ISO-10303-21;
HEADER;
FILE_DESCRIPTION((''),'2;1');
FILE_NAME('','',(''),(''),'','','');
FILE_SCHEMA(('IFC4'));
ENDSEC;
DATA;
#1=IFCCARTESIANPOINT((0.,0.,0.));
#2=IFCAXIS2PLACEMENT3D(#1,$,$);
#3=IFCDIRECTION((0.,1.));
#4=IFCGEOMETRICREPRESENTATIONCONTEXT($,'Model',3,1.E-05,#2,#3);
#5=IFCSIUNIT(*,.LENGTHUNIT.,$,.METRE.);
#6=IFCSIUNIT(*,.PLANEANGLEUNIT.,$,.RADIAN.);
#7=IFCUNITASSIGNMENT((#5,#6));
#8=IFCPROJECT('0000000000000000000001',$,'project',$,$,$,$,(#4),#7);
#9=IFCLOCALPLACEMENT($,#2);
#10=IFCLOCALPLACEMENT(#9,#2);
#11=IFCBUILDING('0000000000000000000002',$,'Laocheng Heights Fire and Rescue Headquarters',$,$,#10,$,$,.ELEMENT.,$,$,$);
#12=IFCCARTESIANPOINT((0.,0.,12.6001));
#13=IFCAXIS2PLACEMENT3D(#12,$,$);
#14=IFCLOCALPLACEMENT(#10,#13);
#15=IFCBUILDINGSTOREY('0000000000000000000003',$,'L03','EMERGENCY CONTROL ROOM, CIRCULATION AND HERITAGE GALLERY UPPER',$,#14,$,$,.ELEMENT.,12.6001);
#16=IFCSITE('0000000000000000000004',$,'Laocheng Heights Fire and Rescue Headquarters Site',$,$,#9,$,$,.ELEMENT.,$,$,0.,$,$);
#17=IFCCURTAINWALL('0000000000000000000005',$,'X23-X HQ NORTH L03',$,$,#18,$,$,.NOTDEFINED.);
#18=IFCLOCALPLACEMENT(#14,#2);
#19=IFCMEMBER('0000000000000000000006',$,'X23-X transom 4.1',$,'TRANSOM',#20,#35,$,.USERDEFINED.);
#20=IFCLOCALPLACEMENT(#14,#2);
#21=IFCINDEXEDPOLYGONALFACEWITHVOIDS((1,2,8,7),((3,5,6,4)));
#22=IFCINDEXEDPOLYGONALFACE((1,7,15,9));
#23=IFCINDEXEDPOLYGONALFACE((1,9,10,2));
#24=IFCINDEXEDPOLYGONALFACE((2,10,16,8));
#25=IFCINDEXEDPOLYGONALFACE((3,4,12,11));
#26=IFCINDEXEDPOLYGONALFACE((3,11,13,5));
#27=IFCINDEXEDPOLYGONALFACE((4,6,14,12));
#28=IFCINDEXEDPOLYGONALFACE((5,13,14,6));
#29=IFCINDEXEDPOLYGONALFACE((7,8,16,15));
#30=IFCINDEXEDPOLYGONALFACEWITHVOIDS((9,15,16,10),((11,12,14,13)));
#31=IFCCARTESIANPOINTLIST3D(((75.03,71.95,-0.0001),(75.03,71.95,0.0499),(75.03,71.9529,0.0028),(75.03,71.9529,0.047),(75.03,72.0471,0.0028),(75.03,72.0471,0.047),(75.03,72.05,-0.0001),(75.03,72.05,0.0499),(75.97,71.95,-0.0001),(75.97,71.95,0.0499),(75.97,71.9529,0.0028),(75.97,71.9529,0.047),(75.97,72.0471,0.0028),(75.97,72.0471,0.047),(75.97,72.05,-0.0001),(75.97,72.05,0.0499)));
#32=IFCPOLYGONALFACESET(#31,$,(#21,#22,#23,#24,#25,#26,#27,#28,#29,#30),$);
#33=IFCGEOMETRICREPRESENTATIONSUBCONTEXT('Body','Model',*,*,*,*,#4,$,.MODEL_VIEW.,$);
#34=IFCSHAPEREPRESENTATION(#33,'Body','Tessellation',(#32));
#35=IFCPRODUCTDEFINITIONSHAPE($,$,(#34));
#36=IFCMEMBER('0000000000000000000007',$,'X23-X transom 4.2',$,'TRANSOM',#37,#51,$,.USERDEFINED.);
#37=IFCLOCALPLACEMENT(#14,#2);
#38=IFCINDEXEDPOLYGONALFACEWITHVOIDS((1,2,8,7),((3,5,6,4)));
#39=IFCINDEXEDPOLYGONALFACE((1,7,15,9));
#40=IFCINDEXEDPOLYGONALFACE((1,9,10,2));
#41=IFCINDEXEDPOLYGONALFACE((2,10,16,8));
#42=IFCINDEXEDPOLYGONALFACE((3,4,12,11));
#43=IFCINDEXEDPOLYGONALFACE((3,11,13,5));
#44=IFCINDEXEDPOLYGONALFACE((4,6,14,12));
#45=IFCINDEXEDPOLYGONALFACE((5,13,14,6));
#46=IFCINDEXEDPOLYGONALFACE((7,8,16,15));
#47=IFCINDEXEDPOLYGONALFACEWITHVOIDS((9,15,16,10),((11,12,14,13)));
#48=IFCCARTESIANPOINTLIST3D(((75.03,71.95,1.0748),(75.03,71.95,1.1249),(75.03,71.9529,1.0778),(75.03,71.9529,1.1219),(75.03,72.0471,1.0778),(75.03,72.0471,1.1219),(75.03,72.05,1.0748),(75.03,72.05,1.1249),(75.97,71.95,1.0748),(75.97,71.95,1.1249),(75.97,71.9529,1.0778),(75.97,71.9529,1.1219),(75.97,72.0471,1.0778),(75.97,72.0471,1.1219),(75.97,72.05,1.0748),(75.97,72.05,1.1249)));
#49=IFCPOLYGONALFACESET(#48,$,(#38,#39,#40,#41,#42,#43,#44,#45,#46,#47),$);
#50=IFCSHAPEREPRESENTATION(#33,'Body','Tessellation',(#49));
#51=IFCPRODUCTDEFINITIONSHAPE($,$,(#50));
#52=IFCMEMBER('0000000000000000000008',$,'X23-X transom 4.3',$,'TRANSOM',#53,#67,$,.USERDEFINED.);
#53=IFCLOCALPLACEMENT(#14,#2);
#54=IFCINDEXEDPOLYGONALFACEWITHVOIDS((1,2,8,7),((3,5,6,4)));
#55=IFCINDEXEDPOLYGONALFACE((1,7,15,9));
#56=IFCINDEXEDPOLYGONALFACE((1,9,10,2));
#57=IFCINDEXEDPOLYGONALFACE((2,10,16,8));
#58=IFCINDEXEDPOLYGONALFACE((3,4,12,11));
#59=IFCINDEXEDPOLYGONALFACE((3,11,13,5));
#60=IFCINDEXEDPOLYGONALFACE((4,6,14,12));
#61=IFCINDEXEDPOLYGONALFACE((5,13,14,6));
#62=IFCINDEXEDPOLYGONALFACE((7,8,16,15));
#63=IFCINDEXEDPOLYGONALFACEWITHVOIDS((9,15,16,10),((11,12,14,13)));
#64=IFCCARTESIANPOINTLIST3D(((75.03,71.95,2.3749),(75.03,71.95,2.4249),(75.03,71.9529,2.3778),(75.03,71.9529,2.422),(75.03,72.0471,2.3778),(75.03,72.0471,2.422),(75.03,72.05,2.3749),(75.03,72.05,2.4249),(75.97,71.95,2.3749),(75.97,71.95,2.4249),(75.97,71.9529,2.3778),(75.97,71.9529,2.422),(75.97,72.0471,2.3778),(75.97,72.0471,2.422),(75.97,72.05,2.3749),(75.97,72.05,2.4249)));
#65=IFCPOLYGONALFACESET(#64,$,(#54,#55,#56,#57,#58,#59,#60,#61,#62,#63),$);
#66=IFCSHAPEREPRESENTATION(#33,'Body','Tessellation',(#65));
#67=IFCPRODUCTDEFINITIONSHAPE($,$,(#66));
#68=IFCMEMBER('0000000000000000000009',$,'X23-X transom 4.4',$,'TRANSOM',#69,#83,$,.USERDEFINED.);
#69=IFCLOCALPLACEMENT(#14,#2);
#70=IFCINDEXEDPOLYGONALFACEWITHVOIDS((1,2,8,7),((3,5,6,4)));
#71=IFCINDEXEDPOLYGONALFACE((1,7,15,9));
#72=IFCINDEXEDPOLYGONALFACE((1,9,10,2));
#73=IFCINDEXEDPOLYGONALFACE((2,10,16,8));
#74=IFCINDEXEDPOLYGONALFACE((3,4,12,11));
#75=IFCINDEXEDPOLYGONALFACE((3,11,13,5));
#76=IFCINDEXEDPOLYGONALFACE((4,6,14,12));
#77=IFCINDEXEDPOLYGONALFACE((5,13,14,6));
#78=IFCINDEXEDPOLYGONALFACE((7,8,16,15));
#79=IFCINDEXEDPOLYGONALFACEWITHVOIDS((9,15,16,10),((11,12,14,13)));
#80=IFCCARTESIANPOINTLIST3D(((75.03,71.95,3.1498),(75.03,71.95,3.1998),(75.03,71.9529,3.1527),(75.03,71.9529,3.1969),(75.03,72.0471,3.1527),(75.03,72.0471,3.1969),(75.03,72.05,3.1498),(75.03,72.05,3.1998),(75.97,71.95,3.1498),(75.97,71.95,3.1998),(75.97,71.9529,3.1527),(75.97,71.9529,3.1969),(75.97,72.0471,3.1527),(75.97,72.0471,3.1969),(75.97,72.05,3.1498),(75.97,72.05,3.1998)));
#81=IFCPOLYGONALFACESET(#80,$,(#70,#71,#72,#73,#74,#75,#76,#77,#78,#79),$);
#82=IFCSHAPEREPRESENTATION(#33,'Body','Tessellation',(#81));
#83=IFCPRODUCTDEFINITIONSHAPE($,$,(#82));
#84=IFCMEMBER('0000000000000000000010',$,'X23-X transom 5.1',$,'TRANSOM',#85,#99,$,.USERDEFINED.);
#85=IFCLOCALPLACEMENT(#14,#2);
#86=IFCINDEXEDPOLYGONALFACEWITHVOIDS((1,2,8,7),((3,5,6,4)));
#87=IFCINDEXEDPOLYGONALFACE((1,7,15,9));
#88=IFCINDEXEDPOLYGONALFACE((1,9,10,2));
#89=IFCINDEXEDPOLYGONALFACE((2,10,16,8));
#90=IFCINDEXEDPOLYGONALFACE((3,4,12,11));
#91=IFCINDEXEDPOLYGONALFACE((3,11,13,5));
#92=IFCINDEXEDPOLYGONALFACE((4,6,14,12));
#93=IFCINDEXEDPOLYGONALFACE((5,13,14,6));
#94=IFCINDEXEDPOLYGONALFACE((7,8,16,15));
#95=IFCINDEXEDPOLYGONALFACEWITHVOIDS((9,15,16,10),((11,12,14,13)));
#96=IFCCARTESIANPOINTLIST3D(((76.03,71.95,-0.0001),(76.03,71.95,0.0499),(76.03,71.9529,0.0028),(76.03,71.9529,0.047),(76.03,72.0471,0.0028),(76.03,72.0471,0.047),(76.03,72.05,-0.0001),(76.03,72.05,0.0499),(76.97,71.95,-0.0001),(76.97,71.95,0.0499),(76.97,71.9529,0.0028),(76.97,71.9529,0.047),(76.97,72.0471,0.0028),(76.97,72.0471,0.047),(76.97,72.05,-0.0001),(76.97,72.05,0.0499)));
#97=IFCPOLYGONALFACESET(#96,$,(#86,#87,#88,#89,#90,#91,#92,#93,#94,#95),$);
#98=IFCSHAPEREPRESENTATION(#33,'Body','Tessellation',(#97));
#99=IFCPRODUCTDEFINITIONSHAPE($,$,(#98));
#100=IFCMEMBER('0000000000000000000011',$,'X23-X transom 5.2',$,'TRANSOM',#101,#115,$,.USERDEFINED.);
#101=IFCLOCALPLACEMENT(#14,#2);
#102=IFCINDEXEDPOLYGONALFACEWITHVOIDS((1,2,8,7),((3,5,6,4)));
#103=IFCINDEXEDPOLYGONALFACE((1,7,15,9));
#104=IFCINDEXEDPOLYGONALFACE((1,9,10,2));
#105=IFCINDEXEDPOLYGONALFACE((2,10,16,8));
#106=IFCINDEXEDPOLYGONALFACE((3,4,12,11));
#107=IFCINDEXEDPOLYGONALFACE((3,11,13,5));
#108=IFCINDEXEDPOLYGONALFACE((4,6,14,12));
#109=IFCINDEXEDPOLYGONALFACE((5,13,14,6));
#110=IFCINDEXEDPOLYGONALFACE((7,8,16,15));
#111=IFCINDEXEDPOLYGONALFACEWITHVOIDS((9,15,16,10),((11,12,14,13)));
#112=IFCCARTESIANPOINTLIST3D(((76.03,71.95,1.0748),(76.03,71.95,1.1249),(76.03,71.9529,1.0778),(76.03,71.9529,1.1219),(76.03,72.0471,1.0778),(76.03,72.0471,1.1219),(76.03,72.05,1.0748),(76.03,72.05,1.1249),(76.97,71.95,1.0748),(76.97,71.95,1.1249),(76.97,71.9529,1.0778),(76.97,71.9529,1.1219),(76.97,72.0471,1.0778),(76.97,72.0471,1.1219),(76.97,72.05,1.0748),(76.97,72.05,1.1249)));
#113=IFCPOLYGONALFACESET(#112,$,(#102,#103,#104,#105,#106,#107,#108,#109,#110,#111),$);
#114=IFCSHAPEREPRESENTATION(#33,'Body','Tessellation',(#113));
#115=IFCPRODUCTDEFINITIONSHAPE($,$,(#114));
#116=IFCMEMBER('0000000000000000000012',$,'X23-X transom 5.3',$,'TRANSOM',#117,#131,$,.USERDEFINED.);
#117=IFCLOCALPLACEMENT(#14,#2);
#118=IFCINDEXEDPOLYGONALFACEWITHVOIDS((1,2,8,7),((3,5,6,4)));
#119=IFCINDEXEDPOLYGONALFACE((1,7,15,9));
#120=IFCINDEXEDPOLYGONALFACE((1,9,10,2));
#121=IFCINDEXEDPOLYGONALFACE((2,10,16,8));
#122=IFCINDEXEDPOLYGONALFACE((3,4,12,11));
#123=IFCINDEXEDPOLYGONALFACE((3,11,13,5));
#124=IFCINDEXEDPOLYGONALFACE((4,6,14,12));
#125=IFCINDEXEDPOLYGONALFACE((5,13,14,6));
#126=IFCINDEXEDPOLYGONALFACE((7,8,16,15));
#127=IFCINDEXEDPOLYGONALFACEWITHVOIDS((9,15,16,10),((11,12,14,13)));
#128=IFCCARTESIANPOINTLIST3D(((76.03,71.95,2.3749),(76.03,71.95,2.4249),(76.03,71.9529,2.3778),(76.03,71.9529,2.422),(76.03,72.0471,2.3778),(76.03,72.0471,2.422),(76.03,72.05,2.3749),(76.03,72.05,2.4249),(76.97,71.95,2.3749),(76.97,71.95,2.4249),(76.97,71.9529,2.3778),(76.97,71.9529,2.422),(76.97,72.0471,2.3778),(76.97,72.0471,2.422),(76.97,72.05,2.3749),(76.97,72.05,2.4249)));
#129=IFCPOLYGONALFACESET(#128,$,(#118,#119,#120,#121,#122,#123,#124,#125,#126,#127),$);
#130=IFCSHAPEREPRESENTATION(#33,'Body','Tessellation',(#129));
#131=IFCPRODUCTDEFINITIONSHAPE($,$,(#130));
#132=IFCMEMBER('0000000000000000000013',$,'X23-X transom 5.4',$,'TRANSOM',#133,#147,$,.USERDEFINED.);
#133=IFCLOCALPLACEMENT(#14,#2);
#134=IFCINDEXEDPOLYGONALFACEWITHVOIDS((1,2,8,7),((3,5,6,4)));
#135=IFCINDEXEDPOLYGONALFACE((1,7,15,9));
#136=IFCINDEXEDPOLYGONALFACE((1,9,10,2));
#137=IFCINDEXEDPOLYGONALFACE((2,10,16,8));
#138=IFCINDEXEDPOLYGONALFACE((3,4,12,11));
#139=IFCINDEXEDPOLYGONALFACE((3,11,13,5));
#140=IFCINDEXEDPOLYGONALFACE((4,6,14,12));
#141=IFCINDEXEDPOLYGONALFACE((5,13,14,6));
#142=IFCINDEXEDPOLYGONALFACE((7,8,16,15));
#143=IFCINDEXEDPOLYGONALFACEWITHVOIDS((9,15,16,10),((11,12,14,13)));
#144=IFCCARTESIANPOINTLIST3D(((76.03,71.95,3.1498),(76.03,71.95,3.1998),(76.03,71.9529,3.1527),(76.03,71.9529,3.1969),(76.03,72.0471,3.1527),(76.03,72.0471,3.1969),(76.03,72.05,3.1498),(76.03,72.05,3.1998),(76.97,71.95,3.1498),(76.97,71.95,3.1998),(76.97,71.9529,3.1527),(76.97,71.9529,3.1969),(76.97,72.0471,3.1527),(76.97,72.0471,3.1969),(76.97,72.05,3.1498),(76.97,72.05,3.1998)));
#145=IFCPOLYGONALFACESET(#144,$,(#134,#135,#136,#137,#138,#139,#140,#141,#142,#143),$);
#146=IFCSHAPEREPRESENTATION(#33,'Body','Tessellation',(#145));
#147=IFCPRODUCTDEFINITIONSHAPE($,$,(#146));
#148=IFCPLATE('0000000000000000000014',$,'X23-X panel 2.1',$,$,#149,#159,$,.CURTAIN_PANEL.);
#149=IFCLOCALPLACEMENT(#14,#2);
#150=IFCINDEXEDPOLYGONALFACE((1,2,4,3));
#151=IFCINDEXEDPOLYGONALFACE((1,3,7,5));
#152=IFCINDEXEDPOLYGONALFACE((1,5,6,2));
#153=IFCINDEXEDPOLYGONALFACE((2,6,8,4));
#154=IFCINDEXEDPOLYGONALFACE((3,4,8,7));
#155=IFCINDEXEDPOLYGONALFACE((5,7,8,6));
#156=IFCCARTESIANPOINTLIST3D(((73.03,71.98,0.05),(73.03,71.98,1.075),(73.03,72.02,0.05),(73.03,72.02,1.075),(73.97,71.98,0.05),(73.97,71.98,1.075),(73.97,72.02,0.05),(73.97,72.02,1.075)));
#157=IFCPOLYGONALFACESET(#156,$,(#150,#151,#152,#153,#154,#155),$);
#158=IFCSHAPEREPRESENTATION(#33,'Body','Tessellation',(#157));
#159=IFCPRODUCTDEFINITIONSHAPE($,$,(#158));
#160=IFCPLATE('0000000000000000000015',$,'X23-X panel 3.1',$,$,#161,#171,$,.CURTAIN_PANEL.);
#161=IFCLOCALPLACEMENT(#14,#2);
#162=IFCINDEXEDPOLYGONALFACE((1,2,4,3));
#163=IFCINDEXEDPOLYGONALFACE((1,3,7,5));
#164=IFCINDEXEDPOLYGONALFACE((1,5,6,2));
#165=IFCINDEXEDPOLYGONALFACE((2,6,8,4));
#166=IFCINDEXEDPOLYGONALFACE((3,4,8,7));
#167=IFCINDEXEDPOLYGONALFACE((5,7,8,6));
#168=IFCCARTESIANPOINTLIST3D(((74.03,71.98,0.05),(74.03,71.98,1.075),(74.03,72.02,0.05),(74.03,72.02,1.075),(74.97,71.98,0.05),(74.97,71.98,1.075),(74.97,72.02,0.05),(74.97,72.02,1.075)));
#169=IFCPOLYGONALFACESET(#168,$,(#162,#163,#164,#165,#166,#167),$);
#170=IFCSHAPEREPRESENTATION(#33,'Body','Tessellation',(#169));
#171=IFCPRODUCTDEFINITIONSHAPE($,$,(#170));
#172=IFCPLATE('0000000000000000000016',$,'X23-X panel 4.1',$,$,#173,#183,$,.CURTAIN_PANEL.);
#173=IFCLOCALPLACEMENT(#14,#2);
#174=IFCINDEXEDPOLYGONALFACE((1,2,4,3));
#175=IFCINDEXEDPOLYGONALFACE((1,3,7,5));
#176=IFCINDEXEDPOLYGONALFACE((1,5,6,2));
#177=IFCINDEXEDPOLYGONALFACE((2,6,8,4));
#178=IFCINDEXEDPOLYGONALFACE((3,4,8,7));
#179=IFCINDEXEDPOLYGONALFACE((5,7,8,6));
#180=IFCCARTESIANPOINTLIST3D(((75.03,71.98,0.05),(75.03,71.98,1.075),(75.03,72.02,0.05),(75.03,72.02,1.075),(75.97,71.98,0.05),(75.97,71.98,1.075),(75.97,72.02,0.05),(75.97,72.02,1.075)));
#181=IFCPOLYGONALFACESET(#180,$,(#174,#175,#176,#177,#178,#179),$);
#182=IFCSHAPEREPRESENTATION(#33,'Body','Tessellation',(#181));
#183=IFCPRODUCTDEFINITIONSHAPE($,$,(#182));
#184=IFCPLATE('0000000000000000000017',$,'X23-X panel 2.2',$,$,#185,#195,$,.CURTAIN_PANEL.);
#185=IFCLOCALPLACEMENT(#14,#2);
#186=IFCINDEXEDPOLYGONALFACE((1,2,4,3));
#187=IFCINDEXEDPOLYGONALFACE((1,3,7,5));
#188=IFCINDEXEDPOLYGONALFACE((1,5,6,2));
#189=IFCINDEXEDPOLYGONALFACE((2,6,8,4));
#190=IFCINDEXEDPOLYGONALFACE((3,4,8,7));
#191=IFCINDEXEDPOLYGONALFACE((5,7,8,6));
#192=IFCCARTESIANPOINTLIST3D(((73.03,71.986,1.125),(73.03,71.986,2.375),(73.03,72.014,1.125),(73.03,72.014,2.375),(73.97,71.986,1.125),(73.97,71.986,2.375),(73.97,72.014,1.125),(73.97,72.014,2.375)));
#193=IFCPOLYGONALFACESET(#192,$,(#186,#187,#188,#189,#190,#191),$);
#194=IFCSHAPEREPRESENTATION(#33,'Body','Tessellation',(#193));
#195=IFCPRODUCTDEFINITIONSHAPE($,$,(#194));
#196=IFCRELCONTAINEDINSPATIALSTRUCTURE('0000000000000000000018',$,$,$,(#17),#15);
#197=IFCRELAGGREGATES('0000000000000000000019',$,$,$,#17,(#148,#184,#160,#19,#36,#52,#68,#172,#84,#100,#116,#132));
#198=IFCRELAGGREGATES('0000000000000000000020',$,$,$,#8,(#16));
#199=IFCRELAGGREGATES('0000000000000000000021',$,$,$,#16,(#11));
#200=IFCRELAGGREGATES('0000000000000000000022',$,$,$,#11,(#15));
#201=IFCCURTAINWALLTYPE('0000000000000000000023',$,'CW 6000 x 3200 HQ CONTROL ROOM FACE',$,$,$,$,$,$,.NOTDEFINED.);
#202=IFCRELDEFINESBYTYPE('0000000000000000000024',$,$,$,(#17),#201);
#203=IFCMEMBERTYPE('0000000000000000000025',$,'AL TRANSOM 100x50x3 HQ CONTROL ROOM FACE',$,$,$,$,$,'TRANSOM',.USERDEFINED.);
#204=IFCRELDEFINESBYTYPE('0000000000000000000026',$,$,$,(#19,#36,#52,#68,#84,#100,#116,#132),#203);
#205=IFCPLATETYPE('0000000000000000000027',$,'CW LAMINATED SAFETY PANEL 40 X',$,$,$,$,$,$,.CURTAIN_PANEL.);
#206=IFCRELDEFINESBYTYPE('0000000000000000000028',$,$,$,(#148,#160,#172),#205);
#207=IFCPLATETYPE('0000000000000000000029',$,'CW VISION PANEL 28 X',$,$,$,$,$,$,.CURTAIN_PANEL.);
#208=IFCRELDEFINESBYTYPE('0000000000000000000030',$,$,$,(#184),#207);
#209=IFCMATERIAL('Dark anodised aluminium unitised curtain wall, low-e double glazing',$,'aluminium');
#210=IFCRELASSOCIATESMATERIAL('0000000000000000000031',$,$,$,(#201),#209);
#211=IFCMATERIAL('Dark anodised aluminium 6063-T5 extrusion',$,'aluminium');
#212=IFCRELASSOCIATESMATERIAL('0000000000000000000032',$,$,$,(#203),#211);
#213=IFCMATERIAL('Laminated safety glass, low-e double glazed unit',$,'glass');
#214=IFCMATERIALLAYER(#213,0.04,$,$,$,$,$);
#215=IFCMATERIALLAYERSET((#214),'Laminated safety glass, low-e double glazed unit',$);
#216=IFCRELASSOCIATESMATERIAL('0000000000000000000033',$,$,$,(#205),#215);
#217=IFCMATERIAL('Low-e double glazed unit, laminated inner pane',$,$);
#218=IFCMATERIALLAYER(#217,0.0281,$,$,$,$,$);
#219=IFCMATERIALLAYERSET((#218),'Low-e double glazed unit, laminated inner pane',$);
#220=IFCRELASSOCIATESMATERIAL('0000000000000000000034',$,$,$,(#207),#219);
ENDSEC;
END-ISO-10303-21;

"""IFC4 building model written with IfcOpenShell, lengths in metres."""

from ifc_helpers import new_model, si_unit, direction, frame, origin, origin_2d, place, context, subcontext, project, spatial, rectangle, hollow_rectangle, extrude, material, layer, layer_set, material_profile, profile_set, type_object, element, aggregate, save


model = new_model("IFC4")

# Units and contexts
model_context = context("Model", 3, precision=1e-05, world=origin(), true_north=direction((0.0, 1.0)))
body_context = subcontext(model_context, "Body", "Model", "MODEL_VIEW")
ifc_project = project(units=[si_unit("LENGTHUNIT", "METRE"), si_unit("PLANEANGLEUNIT", "RADIAN")], contexts=[model_context])

# Site, building, storey
site_placement = place(None, origin())
site = spatial("IfcSite", under=ifc_project, at=site_placement, Name="Laocheng Heights Fire and Rescue Headquarters Site", CompositionType="ELEMENT", RefElevation=0.0)
building_placement = place(site_placement, origin())
building = spatial("IfcBuilding", under=site, at=building_placement, Name="Laocheng Heights Fire and Rescue Headquarters", CompositionType="ELEMENT")
storey_placement = place(building_placement, frame((0.0, 0.0, 12.6001)))
storey = spatial("IfcBuildingStorey", under=building, at=storey_placement, Name="L03", Description="EMERGENCY CONTROL ROOM, CIRCULATION AND HERITAGE GALLERY UPPER", CompositionType="ELEMENT", Elevation=12.6001)

# Curtain wall, members, plates
ifc_material_1 = material(Name="Dark anodised aluminium unitised curtain wall, low-e double glazing", Category="aluminium")
curtain_wall_type = type_object("IfcCurtainWallType", Name="CW 6000 x 3200 HQ CONTROL ROOM FACE", PredefinedType="NOTDEFINED", material=ifc_material_1)
curtain_wall_placement = place(storey_placement, origin())
curtain_wall = element("IfcCurtainWall", 1, at=curtain_wall_placement, inside=storey, type_object=curtain_wall_type, Name="X23-X HQ NORTH L03", PredefinedType="NOTDEFINED")
ifc_material_2 = material(Name="Dark anodised aluminium 6063-T5 extrusion", Category="aluminium")
ifc_material_profile_1 = material_profile(ifc_material_2, hollow_rectangle(XDim=0.1001, YDim=0.05, WallThickness=0.0029, at=origin_2d()), Name="AL TRANSOM 100x50x3 HQ CONTROL ROOM FACE")
ifc_profile_set_1 = profile_set([ifc_material_profile_1], Name="Dark anodised aluminium 6063-T5 extrusion")
member_type_1 = type_object("IfcMemberType", Name="AL TRANSOM 100x50x3 HQ CONTROL ROOM FACE", ElementType="TRANSOM", PredefinedType="USERDEFINED", material=ifc_profile_set_1)
member_1_placement = place(storey_placement, frame((75.03, 72.0, 0.0249), z_axis=(1.0, 0.0, 0.0), x_axis=(0.0, 1.0, 0.0)))
member_1 = element("IfcMember", 2, at=member_1_placement, type_object=member_type_1, Name="X23-X transom 4.1", ObjectType="TRANSOM", PredefinedType="USERDEFINED", context=body_context, shape_type="SweptSolid", body=[
    extrude(hollow_rectangle(XDim=0.1001, YDim=0.05, WallThickness=0.0029, at=origin_2d()), origin(), (0.0, 0.0, 1.0), 0.9399),
])
member_2_placement = place(storey_placement, frame((75.03, 72.0, 1.0999), z_axis=(1.0, 0.0, 0.0), x_axis=(0.0, 1.0, 0.0)))
member_2 = element("IfcMember", 3, at=member_2_placement, type_object=member_type_1, Name="X23-X transom 4.2", ObjectType="TRANSOM", PredefinedType="USERDEFINED", context=body_context, shape_type="SweptSolid", body=[
    extrude(hollow_rectangle(XDim=0.1001, YDim=0.05, WallThickness=0.0029, at=origin_2d()), origin(), (0.0, 0.0, 1.0), 0.9399),
])
member_3_placement = place(storey_placement, frame((75.03, 72.0, 2.3999), z_axis=(1.0, 0.0, 0.0), x_axis=(0.0, 1.0, 0.0)))
member_3 = element("IfcMember", 4, at=member_3_placement, type_object=member_type_1, Name="X23-X transom 4.3", ObjectType="TRANSOM", PredefinedType="USERDEFINED", context=body_context, shape_type="SweptSolid", body=[
    extrude(hollow_rectangle(XDim=0.1001, YDim=0.05, WallThickness=0.0029, at=origin_2d()), origin(), (0.0, 0.0, 1.0), 0.9399),
])
member_4_placement = place(storey_placement, frame((75.03, 72.0, 3.1748), z_axis=(1.0, 0.0, 0.0), x_axis=(0.0, 1.0, 0.0)))
member_4 = element("IfcMember", 5, at=member_4_placement, type_object=member_type_1, Name="X23-X transom 4.4", ObjectType="TRANSOM", PredefinedType="USERDEFINED", context=body_context, shape_type="SweptSolid", body=[
    extrude(hollow_rectangle(XDim=0.1001, YDim=0.05, WallThickness=0.0029, at=origin_2d()), origin(), (0.0, 0.0, 1.0), 0.9399),
])
member_5_placement = place(storey_placement, frame((76.03, 72.0, 0.0249), z_axis=(1.0, 0.0, 0.0), x_axis=(0.0, 1.0, 0.0)))
member_5 = element("IfcMember", 6, at=member_5_placement, type_object=member_type_1, Name="X23-X transom 5.1", ObjectType="TRANSOM", PredefinedType="USERDEFINED", context=body_context, shape_type="SweptSolid", body=[
    extrude(hollow_rectangle(XDim=0.1001, YDim=0.05, WallThickness=0.0029, at=origin_2d()), origin(), (0.0, 0.0, 1.0), 0.9399),
])
member_6_placement = place(storey_placement, frame((76.03, 72.0, 1.0999), z_axis=(1.0, 0.0, 0.0), x_axis=(0.0, 1.0, 0.0)))
member_6 = element("IfcMember", 7, at=member_6_placement, type_object=member_type_1, Name="X23-X transom 5.2", ObjectType="TRANSOM", PredefinedType="USERDEFINED", context=body_context, shape_type="SweptSolid", body=[
    extrude(hollow_rectangle(XDim=0.1001, YDim=0.05, WallThickness=0.0029, at=origin_2d()), origin(), (0.0, 0.0, 1.0), 0.9399),
])
member_7_placement = place(storey_placement, frame((76.03, 72.0, 2.3999), z_axis=(1.0, 0.0, 0.0), x_axis=(0.0, 1.0, 0.0)))
member_7 = element("IfcMember", 8, at=member_7_placement, type_object=member_type_1, Name="X23-X transom 5.3", ObjectType="TRANSOM", PredefinedType="USERDEFINED", context=body_context, shape_type="SweptSolid", body=[
    extrude(hollow_rectangle(XDim=0.1001, YDim=0.05, WallThickness=0.0029, at=origin_2d()), origin(), (0.0, 0.0, 1.0), 0.9399),
])
member_8_placement = place(storey_placement, frame((76.03, 72.0, 3.1748), z_axis=(1.0, 0.0, 0.0), x_axis=(0.0, 1.0, 0.0)))
member_8 = element("IfcMember", 9, at=member_8_placement, type_object=member_type_1, Name="X23-X transom 5.4", ObjectType="TRANSOM", PredefinedType="USERDEFINED", context=body_context, shape_type="SweptSolid", body=[
    extrude(hollow_rectangle(XDim=0.1001, YDim=0.05, WallThickness=0.0029, at=origin_2d()), origin(), (0.0, 0.0, 1.0), 0.9399),
])
ifc_material_3 = material(Name="Laminated safety glass, low-e double glazed unit", Category="glass")
ifc_layer_1 = layer(ifc_material_3, 0.04)
ifc_layer_set_1 = layer_set([ifc_layer_1], Name="Laminated safety glass, low-e double glazed unit")
plate_type_1 = type_object("IfcPlateType", Name="CW LAMINATED SAFETY PANEL 40 X", PredefinedType="CURTAIN_PANEL", material=ifc_layer_set_1)
plate_1_placement = place(storey_placement, frame((73.5, 72.0, 0.05), z_axis=(0.0, 0.0, 1.0), x_axis=(1.0, 0.0, 0.0)))
plate_1 = element("IfcPlate", 10, at=plate_1_placement, type_object=plate_type_1, Name="X23-X panel 2.1", PredefinedType="CURTAIN_PANEL", context=body_context, shape_type="SweptSolid", body=[
    extrude(rectangle(XDim=0.9399, YDim=0.04, at=origin_2d()), origin(), (0.0, 0.0, 1.0), 1.0249),
])
plate_2_placement = place(storey_placement, frame((74.5, 72.0, 0.05), z_axis=(0.0, 0.0, 1.0), x_axis=(1.0, 0.0, 0.0)))
plate_2 = element("IfcPlate", 11, at=plate_2_placement, type_object=plate_type_1, Name="X23-X panel 3.1", PredefinedType="CURTAIN_PANEL", context=body_context, shape_type="SweptSolid", body=[
    extrude(rectangle(XDim=0.9399, YDim=0.04, at=origin_2d()), origin(), (0.0, 0.0, 1.0), 1.0249),
])
plate_3_placement = place(storey_placement, frame((75.5, 72.0, 0.05), z_axis=(0.0, 0.0, 1.0), x_axis=(1.0, 0.0, 0.0)))
plate_3 = element("IfcPlate", 12, at=plate_3_placement, type_object=plate_type_1, Name="X23-X panel 4.1", PredefinedType="CURTAIN_PANEL", context=body_context, shape_type="SweptSolid", body=[
    extrude(rectangle(XDim=0.9399, YDim=0.04, at=origin_2d()), origin(), (0.0, 0.0, 1.0), 1.0249),
])
ifc_material_4 = material(Name="Low-e double glazed unit, laminated inner pane")
ifc_layer_2 = layer(ifc_material_4, 0.0281)
ifc_layer_set_2 = layer_set([ifc_layer_2], Name="Low-e double glazed unit, laminated inner pane")
plate_type_2 = type_object("IfcPlateType", Name="CW VISION PANEL 28 X", PredefinedType="CURTAIN_PANEL", material=ifc_layer_set_2)
plate_4_placement = place(storey_placement, frame((73.5, 72.0, 1.125), z_axis=(0.0, 0.0, 1.0), x_axis=(1.0, 0.0, 0.0)))
plate_4 = element("IfcPlate", 13, at=plate_4_placement, type_object=plate_type_2, Name="X23-X panel 2.2", PredefinedType="CURTAIN_PANEL", context=body_context, shape_type="SweptSolid", body=[
    extrude(rectangle(XDim=0.9399, YDim=0.0281, at=origin_2d()), origin(), (0.0, 0.0, 1.0), 1.25),
])
aggregate(curtain_wall, [plate_1, plate_4, plate_2, member_1, member_2, member_3, member_4, plate_3, member_5, member_6, member_7, member_8])

save(model, "model.ifc")
